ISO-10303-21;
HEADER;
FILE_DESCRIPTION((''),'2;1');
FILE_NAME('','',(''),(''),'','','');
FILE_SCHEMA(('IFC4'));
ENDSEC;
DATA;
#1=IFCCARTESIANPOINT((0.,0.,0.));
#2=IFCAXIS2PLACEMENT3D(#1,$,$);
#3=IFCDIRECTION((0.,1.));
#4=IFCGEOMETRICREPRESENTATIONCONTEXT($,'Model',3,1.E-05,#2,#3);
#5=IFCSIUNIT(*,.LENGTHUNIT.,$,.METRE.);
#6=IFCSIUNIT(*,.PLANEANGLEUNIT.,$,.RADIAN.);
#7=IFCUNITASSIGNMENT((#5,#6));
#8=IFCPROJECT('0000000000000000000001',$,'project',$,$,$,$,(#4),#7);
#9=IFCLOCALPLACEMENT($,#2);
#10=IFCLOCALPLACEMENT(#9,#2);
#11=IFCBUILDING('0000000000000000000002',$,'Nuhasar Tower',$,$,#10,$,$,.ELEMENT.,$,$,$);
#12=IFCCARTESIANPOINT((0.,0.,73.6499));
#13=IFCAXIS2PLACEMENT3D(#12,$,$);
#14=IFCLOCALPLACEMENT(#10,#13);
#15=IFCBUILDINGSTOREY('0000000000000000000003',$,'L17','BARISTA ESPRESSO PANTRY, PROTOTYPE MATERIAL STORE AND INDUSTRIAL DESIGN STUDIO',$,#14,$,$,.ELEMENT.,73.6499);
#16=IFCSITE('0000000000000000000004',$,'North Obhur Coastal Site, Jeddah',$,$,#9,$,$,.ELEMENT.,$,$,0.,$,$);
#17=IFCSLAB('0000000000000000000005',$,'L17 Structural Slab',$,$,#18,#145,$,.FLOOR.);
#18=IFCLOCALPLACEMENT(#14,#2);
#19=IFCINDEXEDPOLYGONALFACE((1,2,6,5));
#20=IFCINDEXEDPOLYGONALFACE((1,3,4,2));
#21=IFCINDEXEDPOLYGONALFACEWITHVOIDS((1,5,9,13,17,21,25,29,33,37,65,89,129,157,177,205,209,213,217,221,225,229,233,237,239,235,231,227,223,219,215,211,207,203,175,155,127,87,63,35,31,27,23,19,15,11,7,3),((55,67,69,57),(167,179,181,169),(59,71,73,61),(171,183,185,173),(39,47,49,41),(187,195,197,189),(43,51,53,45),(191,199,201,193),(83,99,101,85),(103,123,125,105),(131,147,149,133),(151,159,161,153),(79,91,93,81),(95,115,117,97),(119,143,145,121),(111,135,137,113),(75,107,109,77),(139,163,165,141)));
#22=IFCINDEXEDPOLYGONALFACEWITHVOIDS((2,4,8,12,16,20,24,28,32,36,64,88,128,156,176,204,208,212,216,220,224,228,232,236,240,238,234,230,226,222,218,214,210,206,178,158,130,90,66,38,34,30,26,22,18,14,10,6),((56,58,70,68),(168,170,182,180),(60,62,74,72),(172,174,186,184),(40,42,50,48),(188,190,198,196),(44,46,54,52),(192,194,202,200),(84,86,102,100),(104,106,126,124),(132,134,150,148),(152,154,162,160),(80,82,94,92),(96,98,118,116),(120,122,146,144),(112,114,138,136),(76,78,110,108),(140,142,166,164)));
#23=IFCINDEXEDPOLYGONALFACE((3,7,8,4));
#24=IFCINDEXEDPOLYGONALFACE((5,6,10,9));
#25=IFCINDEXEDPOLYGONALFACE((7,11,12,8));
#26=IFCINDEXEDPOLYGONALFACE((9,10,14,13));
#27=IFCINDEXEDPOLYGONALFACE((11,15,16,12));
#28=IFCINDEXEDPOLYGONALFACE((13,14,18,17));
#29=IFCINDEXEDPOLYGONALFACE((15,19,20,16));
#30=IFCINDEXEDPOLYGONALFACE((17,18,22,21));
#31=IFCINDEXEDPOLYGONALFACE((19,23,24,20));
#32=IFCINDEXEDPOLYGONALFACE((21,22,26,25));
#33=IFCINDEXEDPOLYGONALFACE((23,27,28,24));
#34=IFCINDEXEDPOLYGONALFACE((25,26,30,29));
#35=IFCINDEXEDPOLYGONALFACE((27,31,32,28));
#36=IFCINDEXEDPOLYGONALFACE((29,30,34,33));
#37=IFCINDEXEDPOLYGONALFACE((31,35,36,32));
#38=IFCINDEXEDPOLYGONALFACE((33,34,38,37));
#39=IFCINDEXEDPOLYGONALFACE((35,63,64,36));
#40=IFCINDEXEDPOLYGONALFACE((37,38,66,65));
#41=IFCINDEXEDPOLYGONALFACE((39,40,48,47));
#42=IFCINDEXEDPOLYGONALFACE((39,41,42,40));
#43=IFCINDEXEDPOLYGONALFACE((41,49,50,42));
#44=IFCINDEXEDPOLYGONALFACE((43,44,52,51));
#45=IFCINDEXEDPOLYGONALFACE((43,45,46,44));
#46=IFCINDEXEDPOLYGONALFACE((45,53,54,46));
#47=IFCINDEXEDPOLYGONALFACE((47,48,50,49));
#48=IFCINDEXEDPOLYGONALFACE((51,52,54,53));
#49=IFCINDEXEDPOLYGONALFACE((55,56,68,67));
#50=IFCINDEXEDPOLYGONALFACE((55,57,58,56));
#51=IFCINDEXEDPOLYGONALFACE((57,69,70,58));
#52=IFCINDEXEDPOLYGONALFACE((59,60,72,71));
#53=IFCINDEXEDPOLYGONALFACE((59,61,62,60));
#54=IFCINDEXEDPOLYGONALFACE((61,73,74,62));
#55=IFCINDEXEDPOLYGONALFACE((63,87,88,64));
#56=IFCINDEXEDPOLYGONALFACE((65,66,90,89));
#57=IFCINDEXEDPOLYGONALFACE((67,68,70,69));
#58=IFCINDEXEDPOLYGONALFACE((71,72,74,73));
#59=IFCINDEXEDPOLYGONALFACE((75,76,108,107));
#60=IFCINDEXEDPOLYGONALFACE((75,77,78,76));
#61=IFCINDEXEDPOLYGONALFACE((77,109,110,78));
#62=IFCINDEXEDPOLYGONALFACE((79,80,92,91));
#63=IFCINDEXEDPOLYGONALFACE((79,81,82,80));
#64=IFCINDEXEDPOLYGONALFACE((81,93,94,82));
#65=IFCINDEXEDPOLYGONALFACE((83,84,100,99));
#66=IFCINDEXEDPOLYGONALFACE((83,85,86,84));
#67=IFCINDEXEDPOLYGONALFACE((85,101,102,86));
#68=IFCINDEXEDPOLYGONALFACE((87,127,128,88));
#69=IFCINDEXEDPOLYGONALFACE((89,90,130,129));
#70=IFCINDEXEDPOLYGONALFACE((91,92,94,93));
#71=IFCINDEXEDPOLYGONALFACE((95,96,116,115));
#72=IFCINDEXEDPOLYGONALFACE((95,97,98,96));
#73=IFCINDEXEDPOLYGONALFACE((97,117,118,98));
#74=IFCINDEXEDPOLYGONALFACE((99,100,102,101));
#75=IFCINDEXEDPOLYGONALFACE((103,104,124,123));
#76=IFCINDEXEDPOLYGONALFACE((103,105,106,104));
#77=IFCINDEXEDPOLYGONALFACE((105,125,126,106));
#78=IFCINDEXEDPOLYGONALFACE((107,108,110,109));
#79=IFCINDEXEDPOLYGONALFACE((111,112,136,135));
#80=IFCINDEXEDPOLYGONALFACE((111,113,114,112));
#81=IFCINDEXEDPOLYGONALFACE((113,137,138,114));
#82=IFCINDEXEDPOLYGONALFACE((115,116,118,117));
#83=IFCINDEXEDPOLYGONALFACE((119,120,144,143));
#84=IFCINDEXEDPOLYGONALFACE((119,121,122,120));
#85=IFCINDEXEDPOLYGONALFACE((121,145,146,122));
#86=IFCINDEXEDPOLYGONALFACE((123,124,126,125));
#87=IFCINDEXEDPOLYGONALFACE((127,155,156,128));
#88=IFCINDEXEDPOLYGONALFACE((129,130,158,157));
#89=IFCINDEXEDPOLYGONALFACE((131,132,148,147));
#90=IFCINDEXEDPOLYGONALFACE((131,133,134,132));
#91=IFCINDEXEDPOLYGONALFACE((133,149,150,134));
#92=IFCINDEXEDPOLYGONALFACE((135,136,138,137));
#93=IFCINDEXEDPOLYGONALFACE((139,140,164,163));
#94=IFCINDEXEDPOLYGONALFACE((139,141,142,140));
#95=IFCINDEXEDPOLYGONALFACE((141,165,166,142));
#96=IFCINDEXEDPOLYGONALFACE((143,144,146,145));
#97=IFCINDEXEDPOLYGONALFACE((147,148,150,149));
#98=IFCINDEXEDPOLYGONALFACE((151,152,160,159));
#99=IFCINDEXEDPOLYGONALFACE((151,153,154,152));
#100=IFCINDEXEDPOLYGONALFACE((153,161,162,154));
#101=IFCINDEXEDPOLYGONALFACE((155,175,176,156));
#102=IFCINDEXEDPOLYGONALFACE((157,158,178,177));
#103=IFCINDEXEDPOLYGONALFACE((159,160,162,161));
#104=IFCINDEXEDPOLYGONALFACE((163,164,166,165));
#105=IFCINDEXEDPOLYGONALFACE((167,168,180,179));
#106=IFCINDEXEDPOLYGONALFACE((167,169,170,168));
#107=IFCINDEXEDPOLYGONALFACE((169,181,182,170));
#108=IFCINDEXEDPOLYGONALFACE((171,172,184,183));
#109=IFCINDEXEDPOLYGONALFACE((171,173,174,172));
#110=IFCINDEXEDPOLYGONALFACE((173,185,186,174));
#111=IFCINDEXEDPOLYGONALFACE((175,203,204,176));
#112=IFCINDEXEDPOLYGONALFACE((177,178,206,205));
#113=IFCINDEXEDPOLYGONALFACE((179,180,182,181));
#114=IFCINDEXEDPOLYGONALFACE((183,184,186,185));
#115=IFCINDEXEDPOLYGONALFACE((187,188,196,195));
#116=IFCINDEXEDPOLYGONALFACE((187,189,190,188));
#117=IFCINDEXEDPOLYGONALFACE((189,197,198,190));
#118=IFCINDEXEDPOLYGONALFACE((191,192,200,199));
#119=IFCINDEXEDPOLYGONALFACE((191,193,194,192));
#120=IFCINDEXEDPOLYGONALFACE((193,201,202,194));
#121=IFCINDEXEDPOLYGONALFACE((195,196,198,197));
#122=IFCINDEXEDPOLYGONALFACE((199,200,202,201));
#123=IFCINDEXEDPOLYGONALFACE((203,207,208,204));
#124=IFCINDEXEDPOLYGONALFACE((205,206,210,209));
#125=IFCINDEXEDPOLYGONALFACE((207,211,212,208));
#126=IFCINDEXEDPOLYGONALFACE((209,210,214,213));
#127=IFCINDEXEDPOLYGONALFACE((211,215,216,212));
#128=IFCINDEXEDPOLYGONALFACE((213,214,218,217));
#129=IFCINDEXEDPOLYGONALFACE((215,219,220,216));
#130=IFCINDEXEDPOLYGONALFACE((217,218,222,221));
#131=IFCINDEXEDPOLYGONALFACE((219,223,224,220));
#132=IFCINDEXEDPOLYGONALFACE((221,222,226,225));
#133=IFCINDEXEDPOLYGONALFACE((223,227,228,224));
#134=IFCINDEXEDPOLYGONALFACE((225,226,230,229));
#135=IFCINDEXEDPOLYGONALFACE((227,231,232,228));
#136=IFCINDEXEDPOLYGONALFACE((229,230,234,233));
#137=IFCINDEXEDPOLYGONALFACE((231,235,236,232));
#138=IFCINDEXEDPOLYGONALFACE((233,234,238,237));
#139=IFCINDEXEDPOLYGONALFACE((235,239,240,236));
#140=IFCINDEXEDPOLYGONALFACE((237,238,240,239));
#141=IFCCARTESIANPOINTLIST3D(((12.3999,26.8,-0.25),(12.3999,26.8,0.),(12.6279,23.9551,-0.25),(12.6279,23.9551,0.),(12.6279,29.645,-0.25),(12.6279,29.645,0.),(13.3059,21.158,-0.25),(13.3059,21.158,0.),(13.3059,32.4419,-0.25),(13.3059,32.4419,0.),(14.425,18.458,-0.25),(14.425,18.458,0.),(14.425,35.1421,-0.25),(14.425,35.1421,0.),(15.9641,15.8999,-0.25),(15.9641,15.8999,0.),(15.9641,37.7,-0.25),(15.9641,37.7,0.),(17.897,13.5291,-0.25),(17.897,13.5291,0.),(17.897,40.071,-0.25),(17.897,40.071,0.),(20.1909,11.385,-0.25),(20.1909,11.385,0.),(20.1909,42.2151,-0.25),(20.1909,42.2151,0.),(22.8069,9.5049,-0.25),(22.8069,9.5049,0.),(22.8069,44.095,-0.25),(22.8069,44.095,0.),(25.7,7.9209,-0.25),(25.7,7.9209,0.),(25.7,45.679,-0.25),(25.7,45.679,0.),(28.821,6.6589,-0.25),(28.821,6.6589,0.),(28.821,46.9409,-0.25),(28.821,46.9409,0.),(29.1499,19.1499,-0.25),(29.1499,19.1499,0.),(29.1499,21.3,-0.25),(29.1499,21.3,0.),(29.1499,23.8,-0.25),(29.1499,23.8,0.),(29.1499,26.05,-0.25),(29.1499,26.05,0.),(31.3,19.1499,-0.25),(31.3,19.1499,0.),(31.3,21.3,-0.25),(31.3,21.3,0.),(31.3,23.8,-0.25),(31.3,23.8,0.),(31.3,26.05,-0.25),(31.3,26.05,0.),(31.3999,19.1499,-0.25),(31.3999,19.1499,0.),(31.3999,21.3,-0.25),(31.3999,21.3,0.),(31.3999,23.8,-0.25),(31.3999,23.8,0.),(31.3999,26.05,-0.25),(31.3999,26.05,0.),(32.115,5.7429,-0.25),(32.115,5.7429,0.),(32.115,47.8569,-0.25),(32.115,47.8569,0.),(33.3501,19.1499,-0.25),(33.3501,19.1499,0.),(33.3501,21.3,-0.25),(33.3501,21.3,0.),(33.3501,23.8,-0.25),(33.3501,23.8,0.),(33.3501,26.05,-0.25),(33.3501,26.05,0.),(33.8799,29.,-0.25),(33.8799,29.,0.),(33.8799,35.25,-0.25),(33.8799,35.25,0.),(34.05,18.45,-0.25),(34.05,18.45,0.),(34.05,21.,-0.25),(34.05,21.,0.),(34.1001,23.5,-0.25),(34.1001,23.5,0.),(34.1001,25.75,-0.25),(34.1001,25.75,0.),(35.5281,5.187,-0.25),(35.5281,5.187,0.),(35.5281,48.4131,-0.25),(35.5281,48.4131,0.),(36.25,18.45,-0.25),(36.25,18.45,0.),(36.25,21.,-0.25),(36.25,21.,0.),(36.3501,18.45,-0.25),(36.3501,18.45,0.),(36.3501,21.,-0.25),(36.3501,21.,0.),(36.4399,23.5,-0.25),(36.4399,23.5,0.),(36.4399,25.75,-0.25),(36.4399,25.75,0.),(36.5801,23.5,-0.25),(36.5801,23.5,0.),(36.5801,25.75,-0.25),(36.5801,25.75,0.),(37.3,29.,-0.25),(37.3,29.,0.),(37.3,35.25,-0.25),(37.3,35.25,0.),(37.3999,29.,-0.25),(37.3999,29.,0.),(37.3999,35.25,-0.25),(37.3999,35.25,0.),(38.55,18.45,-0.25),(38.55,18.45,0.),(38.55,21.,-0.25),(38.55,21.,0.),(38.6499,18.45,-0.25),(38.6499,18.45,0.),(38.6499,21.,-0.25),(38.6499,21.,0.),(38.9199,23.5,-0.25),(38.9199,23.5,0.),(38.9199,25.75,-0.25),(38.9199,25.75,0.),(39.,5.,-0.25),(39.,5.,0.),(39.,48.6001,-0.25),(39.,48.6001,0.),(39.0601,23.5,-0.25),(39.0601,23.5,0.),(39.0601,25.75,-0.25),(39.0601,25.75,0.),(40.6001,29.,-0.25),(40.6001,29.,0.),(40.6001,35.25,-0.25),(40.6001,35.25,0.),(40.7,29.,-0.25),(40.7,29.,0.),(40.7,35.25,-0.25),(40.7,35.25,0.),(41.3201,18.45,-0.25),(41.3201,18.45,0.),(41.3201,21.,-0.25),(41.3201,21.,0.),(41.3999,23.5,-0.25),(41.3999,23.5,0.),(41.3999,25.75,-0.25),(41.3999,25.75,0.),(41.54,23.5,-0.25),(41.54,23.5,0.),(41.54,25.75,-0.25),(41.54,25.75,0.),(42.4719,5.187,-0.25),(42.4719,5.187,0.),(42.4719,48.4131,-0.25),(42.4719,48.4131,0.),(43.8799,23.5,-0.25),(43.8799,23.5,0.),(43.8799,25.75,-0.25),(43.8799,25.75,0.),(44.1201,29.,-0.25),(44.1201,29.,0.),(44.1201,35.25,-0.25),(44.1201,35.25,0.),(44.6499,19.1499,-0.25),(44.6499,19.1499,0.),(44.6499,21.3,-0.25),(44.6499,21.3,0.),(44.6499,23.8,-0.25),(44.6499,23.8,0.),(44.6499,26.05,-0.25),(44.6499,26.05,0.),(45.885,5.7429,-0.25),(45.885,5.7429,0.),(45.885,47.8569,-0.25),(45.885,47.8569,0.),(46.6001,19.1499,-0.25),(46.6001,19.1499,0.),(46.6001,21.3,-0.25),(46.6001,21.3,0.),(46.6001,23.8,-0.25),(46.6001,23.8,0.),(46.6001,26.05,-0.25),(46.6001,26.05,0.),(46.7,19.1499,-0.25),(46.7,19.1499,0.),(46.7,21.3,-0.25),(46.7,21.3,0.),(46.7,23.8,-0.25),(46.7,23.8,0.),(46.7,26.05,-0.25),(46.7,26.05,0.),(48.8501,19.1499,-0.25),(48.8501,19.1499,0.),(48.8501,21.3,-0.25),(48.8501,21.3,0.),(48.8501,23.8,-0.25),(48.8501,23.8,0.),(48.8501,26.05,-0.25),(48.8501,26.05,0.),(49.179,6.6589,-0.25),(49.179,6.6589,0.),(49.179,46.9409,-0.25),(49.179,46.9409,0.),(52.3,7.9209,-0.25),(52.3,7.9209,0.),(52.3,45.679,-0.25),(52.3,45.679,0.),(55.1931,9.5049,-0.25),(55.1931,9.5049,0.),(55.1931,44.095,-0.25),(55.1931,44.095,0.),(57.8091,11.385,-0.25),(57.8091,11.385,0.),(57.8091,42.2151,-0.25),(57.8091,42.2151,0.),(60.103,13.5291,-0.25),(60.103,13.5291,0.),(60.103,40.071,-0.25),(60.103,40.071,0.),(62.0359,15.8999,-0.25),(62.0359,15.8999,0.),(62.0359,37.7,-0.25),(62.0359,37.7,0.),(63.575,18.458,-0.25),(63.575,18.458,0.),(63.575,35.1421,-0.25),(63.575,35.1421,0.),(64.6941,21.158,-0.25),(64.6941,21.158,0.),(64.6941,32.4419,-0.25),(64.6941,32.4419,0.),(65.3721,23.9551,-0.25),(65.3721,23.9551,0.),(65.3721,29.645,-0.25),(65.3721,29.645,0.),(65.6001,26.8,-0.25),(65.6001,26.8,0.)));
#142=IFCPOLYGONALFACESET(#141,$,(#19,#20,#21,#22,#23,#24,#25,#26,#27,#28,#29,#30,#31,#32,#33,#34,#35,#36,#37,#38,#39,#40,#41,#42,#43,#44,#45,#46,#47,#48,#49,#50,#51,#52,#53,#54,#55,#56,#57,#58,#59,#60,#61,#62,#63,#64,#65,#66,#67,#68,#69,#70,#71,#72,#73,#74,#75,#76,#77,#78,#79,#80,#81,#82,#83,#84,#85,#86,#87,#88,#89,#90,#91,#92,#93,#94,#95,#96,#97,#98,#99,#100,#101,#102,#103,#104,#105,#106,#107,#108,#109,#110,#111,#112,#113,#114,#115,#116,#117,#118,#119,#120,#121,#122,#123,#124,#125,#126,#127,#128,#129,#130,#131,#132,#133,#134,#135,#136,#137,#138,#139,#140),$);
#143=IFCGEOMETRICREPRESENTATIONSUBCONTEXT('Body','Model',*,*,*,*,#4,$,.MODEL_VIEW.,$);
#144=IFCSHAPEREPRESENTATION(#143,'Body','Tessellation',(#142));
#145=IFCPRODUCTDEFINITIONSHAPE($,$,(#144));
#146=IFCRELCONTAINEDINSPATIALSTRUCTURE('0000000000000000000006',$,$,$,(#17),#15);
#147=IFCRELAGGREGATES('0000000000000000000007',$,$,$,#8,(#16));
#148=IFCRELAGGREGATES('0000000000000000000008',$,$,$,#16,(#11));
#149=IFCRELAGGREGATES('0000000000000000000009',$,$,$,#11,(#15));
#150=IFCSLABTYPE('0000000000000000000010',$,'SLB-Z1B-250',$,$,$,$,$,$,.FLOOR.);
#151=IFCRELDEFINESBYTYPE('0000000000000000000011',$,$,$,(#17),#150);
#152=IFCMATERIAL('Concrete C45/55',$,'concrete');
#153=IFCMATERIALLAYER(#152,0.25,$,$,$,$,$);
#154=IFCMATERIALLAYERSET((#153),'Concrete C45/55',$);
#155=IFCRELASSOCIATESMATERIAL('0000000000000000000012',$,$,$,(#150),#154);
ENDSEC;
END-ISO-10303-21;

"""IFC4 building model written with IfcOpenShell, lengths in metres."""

from ifc_helpers import new_model, si_unit, direction, frame, origin, place, context, subcontext, project, spatial, polyline, outline, extrude, material, layer, layer_set, type_object, element, save


model = new_model("IFC4")

# Units and contexts
model_context = context("Model", 3, precision=1e-05, world=origin(), true_north=direction((0.0, 1.0)))
body_context = subcontext(model_context, "Body", "Model", "MODEL_VIEW")
ifc_project = project(units=[si_unit("LENGTHUNIT", "METRE"), si_unit("PLANEANGLEUNIT", "RADIAN")], contexts=[model_context])

# Site, building, storey
site_placement = place(None, origin())
site = spatial("IfcSite", under=ifc_project, at=site_placement, Name="North Obhur Coastal Site, Jeddah", CompositionType="ELEMENT", RefElevation=0.0)
building_placement = place(site_placement, origin())
building = spatial("IfcBuilding", under=site, at=building_placement, Name="Nuhasar Tower", CompositionType="ELEMENT")
storey_placement = place(building_placement, frame((0.0, 0.0, 73.6499)))
storey = spatial("IfcBuildingStorey", under=building, at=storey_placement, Name="L17", Description="BARISTA ESPRESSO PANTRY, PROTOTYPE MATERIAL STORE AND INDUSTRIAL DESIGN STUDIO", CompositionType="ELEMENT", Elevation=73.6499)

# Shared definitions
ifc_material_1 = material(Name="Concrete C45/55", Category="concrete")

# Slab
ifc_layer_1 = layer(ifc_material_1, 0.25)
ifc_layer_set_1 = layer_set([ifc_layer_1], Name="Concrete C45/55")
slab_type_1 = type_object("IfcSlabType", Name="SLB-Z1B-250", PredefinedType="FLOOR", material=ifc_layer_set_1)
slab_1_placement = place(storey_placement, frame((0.0, 0.0, -0.25)))
element("IfcSlab", 1, at=slab_1_placement, inside=storey, type_object=slab_type_1, Name="L17 Structural Slab", PredefinedType="FLOOR", context=body_context, shape_type="SweptSolid", body=[
    extrude(outline(polyline([(65.6001, 26.8), (65.3721, 29.645), (64.6941, 32.4419), (63.575, 35.1421), (62.0359, 37.7), (60.103, 40.071), (57.8091, 42.2151), (55.1931, 44.095), (52.3, 45.679), (49.179, 46.9409), (45.885, 47.8569), (42.4719, 48.4131), (39.0, 48.6001), (35.5281, 48.4131), (32.115, 47.8569), (28.821, 46.9409), (25.7, 45.679), (22.8069, 44.095), (20.1909, 42.2151), (17.897, 40.071), (15.9641, 37.7), (14.425, 35.1421), (13.3059, 32.4419), (12.6279, 29.645), (12.3999, 26.8), (12.6279, 23.9551), (13.3059, 21.158), (14.425, 18.458), (15.9641, 15.8999), (17.897, 13.5291), (20.1909, 11.385), (22.8069, 9.5049), (25.7, 7.9209), (28.821, 6.6589), (32.115, 5.7429), (35.5281, 5.187), (39.0, 5.0), (42.4719, 5.187), (45.885, 5.7429), (49.179, 6.6589), (52.3, 7.9209), (55.1931, 9.5049), (57.8091, 11.385), (60.103, 13.5291), (62.0359, 15.8999), (63.575, 18.458), (64.6941, 21.158), (65.3721, 23.9551), (65.6001, 26.8)]), holes=[polyline([(33.8799, 35.25), (37.3, 35.25), (37.3, 29.0), (33.8799, 29.0), (33.8799, 35.25)]), polyline([(37.3999, 35.25), (40.6001, 35.25), (40.6001, 29.0), (37.3999, 29.0), (37.3999, 35.25)]), polyline([(40.7, 35.25), (44.1201, 35.25), (44.1201, 29.0), (40.7, 29.0), (40.7, 35.25)]), polyline([(29.1499, 26.05), (31.3, 26.05), (31.3, 23.8), (29.1499, 23.8), (29.1499, 26.05)]), polyline([(31.3999, 26.05), (33.3501, 26.05), (33.3501, 23.8), (31.3999, 23.8), (31.3999, 26.05)]), polyline([(29.1499, 21.3), (31.3, 21.3), (31.3, 19.1499), (29.1499, 19.1499), (29.1499, 21.3)]), polyline([(31.3999, 21.3), (33.3501, 21.3), (33.3501, 19.1499), (31.3999, 19.1499), (31.3999, 21.3)]), polyline([(44.6499, 26.05), (46.6001, 26.05), (46.6001, 23.8), (44.6499, 23.8), (44.6499, 26.05)]), polyline([(46.7, 26.05), (48.8501, 26.05), (48.8501, 23.8), (46.7, 23.8), (46.7, 26.05)]), polyline([(44.6499, 21.3), (46.6001, 21.3), (46.6001, 19.1499), (44.6499, 19.1499), (44.6499, 21.3)]), polyline([(46.7, 21.3), (48.8501, 21.3), (48.8501, 19.1499), (46.7, 19.1499), (46.7, 21.3)]), polyline([(34.1001, 25.75), (36.4399, 25.75), (36.4399, 23.5), (34.1001, 23.5), (34.1001, 25.75)]), polyline([(36.5801, 25.75), (38.9199, 25.75), (38.9199, 23.5), (36.5801, 23.5), (36.5801, 25.75)]), polyline([(39.0601, 25.75), (41.3999, 25.75), (41.3999, 23.5), (39.0601, 23.5), (39.0601, 25.75)]), polyline([(41.54, 25.75), (43.8799, 25.75), (43.8799, 23.5), (41.54, 23.5), (41.54, 25.75)]), polyline([(34.05, 21.0), (36.25, 21.0), (36.25, 18.45), (34.05, 18.45), (34.05, 21.0)]), polyline([(36.3501, 21.0), (38.55, 21.0), (38.55, 18.45), (36.3501, 18.45), (36.3501, 21.0)]), polyline([(38.6499, 21.0), (41.3201, 21.0), (41.3201, 18.45), (38.6499, 18.45), (38.6499, 21.0)])]), origin(), (0.0, 0.0, 1.0), 0.25),
])

save(model, "model.ifc")
